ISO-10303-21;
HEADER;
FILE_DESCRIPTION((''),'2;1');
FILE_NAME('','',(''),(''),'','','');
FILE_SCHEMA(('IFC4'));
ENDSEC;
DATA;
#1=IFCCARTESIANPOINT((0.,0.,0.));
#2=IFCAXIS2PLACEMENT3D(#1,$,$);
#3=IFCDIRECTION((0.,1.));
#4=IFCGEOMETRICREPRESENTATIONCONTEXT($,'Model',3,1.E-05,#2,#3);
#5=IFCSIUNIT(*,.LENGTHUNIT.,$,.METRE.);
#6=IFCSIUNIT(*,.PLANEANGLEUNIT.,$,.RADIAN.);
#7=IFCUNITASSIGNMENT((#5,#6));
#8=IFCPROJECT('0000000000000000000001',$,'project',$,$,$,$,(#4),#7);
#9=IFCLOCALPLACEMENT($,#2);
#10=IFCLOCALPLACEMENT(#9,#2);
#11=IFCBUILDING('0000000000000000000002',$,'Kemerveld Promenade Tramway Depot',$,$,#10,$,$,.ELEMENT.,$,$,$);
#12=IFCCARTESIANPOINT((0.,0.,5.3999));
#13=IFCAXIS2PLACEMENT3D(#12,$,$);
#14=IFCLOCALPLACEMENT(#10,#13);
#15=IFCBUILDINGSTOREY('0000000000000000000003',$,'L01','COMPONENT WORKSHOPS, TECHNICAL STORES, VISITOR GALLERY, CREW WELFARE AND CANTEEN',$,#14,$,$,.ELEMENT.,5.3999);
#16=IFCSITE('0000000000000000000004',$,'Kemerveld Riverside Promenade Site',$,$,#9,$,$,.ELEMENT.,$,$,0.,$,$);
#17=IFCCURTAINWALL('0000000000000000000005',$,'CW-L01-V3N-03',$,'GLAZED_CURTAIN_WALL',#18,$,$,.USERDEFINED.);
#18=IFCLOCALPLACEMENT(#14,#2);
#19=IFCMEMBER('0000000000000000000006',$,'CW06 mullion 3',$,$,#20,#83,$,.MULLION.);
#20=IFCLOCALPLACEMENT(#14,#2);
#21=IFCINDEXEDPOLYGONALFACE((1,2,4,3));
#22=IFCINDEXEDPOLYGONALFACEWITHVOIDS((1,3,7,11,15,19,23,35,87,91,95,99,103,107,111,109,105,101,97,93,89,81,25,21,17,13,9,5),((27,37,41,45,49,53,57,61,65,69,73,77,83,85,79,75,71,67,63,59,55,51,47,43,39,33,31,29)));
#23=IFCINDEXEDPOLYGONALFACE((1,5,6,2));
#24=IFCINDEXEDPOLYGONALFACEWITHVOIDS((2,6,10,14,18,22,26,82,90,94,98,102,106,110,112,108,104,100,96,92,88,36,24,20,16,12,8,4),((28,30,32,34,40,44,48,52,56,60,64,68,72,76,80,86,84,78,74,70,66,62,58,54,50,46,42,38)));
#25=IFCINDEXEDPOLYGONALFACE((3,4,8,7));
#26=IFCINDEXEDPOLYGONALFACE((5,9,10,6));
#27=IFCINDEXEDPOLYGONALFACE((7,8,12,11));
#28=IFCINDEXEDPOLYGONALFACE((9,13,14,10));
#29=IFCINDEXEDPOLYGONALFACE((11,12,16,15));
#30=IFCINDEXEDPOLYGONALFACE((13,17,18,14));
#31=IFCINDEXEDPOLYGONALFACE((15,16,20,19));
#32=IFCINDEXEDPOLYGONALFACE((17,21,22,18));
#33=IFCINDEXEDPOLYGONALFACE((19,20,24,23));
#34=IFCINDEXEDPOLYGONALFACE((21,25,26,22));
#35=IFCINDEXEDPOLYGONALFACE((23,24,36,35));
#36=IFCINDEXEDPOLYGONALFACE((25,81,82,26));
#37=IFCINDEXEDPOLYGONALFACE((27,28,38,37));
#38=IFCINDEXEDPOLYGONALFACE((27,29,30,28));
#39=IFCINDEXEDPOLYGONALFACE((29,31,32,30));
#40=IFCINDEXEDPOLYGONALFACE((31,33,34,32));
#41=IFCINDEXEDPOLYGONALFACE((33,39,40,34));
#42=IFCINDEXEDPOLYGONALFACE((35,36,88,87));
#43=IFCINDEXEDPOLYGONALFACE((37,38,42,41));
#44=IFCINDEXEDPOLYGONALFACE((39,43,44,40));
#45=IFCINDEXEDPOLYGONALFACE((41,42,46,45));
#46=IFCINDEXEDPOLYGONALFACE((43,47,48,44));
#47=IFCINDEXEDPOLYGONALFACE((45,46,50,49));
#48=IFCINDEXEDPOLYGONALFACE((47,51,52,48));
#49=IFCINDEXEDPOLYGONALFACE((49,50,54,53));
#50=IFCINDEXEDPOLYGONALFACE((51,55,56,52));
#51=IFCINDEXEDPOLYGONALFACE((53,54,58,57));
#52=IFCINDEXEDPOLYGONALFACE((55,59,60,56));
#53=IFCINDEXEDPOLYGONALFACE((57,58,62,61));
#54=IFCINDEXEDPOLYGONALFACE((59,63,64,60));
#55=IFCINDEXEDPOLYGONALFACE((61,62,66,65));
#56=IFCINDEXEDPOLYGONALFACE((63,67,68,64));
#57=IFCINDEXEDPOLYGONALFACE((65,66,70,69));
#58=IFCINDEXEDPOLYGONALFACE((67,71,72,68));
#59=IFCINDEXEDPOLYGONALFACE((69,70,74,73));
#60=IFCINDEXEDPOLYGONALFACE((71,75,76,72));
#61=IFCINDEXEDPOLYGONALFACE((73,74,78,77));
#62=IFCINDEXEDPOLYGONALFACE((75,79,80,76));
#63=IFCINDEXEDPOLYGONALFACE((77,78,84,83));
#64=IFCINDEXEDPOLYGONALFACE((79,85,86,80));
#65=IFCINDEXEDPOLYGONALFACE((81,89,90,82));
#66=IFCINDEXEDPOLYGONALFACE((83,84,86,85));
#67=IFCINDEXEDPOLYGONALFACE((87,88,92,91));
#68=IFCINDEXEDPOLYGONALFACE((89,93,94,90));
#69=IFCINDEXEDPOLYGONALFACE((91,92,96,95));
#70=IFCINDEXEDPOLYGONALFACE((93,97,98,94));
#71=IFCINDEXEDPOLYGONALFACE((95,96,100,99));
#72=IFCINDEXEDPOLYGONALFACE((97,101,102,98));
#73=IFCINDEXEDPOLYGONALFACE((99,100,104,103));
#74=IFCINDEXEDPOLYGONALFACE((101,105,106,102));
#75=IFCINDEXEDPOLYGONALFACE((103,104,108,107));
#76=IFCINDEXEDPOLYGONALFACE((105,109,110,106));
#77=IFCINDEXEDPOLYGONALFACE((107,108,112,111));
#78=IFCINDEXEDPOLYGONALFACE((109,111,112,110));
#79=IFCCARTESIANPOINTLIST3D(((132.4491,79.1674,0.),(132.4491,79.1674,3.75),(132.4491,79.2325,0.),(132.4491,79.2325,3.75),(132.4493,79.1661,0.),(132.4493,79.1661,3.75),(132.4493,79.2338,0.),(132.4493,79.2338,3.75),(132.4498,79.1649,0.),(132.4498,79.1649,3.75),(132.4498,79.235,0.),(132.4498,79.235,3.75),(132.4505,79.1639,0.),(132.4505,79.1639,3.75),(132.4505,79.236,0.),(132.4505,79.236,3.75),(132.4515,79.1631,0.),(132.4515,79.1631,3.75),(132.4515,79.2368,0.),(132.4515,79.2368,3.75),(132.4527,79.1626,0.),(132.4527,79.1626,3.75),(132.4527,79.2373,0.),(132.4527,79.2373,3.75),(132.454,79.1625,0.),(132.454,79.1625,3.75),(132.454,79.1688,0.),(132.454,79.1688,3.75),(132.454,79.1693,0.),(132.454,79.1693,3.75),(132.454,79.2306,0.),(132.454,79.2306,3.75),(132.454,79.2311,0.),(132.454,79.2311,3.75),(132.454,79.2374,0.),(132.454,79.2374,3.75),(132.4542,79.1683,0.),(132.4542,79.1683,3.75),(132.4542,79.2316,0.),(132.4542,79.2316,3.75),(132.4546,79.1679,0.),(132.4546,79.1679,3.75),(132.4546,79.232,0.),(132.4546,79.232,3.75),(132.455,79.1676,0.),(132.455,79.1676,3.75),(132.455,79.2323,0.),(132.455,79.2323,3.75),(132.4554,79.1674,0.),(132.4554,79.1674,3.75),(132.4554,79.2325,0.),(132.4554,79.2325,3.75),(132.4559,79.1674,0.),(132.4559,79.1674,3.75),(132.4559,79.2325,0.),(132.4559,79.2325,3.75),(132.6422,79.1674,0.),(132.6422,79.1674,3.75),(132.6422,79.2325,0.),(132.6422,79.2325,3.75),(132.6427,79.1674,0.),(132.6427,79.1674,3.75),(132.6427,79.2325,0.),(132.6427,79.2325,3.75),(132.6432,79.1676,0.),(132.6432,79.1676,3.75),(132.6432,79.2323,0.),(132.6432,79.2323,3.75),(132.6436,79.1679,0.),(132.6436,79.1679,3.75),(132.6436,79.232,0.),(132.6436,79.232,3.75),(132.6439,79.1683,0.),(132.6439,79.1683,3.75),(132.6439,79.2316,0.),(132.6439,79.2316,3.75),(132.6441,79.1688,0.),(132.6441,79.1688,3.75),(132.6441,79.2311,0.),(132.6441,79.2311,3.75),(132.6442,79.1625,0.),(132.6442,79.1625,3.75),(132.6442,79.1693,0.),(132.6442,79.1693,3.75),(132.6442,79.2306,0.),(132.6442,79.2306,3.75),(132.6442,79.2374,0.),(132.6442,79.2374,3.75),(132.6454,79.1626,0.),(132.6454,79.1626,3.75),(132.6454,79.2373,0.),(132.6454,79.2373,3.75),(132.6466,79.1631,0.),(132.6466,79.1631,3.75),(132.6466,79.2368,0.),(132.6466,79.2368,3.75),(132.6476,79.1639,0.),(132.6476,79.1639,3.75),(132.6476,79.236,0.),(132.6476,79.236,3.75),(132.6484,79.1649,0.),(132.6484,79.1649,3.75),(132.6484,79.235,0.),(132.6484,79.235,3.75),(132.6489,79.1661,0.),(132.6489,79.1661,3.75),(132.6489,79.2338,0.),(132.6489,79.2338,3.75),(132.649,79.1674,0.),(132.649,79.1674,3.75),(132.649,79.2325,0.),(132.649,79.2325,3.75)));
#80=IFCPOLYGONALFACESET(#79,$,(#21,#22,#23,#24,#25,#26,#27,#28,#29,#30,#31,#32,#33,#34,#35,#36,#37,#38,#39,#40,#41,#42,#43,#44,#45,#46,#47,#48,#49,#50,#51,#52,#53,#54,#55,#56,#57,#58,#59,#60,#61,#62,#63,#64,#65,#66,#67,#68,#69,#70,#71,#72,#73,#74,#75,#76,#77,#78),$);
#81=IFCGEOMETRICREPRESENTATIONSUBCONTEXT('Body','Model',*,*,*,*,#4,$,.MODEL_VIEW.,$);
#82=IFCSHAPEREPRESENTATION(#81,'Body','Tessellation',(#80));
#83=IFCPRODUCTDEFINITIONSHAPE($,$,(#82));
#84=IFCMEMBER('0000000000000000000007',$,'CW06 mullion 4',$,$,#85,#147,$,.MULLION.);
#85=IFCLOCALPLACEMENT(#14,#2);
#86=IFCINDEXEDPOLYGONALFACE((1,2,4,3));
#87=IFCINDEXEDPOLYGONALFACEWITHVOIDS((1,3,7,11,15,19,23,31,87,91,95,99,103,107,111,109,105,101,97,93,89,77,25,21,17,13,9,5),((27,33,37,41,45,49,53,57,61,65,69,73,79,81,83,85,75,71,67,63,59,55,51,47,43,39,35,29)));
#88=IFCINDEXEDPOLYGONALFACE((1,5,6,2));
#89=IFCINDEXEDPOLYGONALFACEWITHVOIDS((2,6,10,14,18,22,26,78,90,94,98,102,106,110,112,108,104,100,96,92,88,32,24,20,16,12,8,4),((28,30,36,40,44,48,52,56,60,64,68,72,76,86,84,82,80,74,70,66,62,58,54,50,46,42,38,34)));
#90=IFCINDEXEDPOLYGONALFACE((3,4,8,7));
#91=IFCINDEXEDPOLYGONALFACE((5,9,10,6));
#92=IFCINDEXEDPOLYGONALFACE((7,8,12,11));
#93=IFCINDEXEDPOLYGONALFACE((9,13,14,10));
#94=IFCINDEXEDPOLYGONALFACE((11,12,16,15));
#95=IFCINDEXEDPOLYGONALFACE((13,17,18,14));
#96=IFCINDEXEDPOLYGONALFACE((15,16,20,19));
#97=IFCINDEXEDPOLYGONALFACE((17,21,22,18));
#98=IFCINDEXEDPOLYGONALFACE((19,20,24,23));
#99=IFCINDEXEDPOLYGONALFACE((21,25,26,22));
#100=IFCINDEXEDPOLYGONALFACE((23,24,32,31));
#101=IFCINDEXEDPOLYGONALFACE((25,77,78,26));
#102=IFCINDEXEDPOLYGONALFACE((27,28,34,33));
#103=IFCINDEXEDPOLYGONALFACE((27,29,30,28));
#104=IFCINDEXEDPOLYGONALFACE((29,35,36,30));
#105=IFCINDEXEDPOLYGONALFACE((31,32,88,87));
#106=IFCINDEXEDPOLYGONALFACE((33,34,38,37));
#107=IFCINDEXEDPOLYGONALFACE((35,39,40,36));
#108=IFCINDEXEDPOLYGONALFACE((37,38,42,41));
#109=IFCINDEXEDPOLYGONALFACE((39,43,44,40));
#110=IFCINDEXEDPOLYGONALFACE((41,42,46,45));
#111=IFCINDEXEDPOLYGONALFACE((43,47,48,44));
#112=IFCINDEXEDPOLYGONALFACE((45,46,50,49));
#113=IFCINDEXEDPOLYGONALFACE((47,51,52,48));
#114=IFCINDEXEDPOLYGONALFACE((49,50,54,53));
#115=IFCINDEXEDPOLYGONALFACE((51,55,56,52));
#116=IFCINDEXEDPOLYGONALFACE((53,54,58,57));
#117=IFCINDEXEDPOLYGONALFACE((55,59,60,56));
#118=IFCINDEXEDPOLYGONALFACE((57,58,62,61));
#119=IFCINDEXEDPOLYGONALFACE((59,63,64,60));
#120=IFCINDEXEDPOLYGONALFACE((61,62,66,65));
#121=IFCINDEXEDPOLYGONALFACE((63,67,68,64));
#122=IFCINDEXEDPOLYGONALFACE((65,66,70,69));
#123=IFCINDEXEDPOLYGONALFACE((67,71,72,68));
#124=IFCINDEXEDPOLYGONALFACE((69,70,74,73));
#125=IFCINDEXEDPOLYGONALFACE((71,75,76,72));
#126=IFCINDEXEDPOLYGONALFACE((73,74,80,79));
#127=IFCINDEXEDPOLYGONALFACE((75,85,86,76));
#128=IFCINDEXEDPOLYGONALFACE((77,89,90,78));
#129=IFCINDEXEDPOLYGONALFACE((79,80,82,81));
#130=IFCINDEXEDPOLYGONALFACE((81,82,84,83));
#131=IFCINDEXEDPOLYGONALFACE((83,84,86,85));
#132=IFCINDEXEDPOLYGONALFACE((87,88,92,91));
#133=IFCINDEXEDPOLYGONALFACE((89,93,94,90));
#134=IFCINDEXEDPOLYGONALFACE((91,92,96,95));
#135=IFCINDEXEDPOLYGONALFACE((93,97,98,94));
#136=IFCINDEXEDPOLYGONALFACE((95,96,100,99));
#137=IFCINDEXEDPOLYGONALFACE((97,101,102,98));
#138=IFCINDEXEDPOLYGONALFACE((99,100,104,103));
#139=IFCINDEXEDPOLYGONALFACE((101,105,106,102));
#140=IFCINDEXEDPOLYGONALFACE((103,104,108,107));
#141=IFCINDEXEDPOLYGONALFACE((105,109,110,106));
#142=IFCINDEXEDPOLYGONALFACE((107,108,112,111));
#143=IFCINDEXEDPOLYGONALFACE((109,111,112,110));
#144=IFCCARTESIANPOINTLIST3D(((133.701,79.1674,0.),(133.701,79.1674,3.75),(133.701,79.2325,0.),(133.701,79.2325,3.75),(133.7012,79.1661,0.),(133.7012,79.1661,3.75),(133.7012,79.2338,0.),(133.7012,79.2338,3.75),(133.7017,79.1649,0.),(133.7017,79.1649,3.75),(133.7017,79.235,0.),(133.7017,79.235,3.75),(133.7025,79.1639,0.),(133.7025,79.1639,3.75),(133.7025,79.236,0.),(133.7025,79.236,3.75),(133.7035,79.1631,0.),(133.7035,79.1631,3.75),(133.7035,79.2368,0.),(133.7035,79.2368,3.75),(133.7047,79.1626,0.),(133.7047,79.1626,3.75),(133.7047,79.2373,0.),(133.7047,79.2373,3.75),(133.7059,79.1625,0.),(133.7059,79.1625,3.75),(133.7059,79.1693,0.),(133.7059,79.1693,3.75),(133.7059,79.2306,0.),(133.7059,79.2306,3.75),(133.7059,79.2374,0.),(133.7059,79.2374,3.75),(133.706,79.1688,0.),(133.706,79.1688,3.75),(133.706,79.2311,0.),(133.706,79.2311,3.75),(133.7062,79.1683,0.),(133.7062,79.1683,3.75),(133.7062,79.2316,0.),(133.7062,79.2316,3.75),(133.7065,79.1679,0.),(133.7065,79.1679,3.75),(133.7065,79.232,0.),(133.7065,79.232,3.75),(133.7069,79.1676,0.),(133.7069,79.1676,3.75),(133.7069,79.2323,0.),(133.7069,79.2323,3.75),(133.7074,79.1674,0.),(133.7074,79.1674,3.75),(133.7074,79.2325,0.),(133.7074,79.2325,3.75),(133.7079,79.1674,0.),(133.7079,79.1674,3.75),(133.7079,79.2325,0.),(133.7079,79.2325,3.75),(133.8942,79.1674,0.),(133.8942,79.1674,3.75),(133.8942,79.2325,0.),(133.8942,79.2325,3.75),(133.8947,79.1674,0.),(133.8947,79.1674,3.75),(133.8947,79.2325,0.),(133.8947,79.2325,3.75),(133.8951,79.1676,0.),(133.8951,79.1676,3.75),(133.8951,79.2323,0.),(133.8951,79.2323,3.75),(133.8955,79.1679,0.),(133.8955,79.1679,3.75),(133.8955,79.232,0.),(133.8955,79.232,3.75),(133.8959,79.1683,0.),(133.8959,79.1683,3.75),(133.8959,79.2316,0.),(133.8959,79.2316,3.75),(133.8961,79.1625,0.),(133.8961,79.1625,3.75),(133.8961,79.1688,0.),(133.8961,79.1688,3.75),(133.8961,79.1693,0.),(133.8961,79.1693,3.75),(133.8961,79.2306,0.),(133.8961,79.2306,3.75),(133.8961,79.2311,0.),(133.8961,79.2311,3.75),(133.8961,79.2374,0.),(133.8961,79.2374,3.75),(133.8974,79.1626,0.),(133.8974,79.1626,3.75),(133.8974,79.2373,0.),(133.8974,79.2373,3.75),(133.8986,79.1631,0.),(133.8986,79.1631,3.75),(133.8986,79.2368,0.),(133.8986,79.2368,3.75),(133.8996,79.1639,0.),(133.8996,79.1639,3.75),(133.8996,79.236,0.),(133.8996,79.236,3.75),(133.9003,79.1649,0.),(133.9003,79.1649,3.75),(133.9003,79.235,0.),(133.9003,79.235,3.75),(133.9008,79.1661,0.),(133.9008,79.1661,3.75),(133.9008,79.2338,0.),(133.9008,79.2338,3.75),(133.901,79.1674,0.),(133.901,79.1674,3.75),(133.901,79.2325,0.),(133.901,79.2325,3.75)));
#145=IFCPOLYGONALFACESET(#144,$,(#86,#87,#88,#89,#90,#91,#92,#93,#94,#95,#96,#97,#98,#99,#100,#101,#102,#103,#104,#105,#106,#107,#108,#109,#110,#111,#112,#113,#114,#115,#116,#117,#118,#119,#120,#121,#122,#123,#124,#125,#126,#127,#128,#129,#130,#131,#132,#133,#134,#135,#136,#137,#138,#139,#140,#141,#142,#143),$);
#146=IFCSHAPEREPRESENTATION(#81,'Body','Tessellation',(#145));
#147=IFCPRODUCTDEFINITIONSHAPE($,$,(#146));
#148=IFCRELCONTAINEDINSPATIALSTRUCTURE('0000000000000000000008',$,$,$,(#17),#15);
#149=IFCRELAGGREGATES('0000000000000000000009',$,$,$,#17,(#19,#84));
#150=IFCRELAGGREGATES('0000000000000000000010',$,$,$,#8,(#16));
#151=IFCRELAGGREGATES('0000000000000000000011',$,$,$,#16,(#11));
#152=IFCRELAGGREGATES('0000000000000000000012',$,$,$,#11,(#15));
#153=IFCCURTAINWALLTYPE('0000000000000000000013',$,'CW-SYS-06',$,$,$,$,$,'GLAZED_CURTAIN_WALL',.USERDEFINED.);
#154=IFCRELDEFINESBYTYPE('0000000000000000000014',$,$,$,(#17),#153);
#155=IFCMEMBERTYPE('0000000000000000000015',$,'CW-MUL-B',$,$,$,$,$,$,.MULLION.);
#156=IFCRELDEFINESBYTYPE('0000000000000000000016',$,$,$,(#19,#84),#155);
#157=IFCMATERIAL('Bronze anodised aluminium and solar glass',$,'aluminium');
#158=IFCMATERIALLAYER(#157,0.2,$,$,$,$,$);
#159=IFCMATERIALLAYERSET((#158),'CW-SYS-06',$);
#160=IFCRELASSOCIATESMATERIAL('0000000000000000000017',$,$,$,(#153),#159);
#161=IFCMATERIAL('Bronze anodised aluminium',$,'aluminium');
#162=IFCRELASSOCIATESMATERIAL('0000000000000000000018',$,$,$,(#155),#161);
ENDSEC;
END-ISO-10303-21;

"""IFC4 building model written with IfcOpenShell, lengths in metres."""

from ifc_helpers import new_model, si_unit, direction, frame, origin, origin_2d, place, context, subcontext, project, spatial, hollow_rectangle, extrude, material, layer, layer_set, material_profile, profile_set, type_object, element, aggregate, save


model = new_model("IFC4")

# Units and contexts
model_context = context("Model", 3, precision=1e-05, world=origin(), true_north=direction((0.0, 1.0)))
body_context = subcontext(model_context, "Body", "Model", "MODEL_VIEW")
ifc_project = project(units=[si_unit("LENGTHUNIT", "METRE"), si_unit("PLANEANGLEUNIT", "RADIAN")], contexts=[model_context])

# Site, building, storey
site_placement = place(None, origin())
site = spatial("IfcSite", under=ifc_project, at=site_placement, Name="Kemerveld Riverside Promenade Site", CompositionType="ELEMENT", RefElevation=0.0)
building_placement = place(site_placement, origin())
building = spatial("IfcBuilding", under=site, at=building_placement, Name="Kemerveld Promenade Tramway Depot", CompositionType="ELEMENT")
storey_placement = place(building_placement, frame((0.0, 0.0, 5.3999)))
storey = spatial("IfcBuildingStorey", under=building, at=storey_placement, Name="L01", Description="COMPONENT WORKSHOPS, TECHNICAL STORES, VISITOR GALLERY, CREW WELFARE AND CANTEEN", CompositionType="ELEMENT", Elevation=5.3999)

# Curtain wall, members
ifc_material_1 = material(Name="Bronze anodised aluminium and solar glass", Category="aluminium")
ifc_layer_1 = layer(ifc_material_1, 0.2)
ifc_layer_set_1 = layer_set([ifc_layer_1], Name="CW-SYS-06")
curtain_wall_type = type_object("IfcCurtainWallType", Name="CW-SYS-06", ElementType="GLAZED_CURTAIN_WALL", PredefinedType="USERDEFINED", material=ifc_layer_set_1)
curtain_wall_placement = place(storey_placement, origin())
curtain_wall = element("IfcCurtainWall", 1, at=curtain_wall_placement, inside=storey, type_object=curtain_wall_type, Name="CW-L01-V3N-03", ObjectType="GLAZED_CURTAIN_WALL", PredefinedType="USERDEFINED")
ifc_material_2 = material(Name="Bronze anodised aluminium", Category="aluminium")
ifc_material_profile_1 = material_profile(ifc_material_2, hollow_rectangle(XDim=0.075, YDim=0.2, WallThickness=0.0049, InnerFilletRadius=0.002, OuterFilletRadius=0.0049, at=origin_2d()), Name="CW-MUL-200x75")
ifc_profile_set_1 = profile_set([ifc_material_profile_1], Name="Bronze anodised aluminium")
member_type_1 = type_object("IfcMemberType", Name="CW-MUL-B", PredefinedType="MULLION", material=ifc_profile_set_1)
member_1_placement = place(storey_placement, frame((132.5491, 79.2, 0.0), z_axis=(0.0, 0.0, 1.0), x_axis=(0.0, 1.0, 0.0)))
member_1 = element("IfcMember", 2, at=member_1_placement, type_object=member_type_1, Name="CW06 mullion 3", PredefinedType="MULLION", context=body_context, shape_type="SweptSolid", body=[
    extrude(hollow_rectangle(XDim=0.075, YDim=0.2, WallThickness=0.0049, InnerFilletRadius=0.002, OuterFilletRadius=0.0049, at=origin_2d()), origin(), (0.0, 0.0, 1.0), 3.75),
])
member_2_placement = place(storey_placement, frame((133.801, 79.2, 0.0), z_axis=(0.0, 0.0, 1.0), x_axis=(0.0, 1.0, 0.0)))
member_2 = element("IfcMember", 3, at=member_2_placement, type_object=member_type_1, Name="CW06 mullion 4", PredefinedType="MULLION", context=body_context, shape_type="SweptSolid", body=[
    extrude(hollow_rectangle(XDim=0.075, YDim=0.2, WallThickness=0.0049, InnerFilletRadius=0.002, OuterFilletRadius=0.0049, at=origin_2d()), origin(), (0.0, 0.0, 1.0), 3.75),
])
aggregate(curtain_wall, [member_1, member_2])

save(model, "model.ifc")
